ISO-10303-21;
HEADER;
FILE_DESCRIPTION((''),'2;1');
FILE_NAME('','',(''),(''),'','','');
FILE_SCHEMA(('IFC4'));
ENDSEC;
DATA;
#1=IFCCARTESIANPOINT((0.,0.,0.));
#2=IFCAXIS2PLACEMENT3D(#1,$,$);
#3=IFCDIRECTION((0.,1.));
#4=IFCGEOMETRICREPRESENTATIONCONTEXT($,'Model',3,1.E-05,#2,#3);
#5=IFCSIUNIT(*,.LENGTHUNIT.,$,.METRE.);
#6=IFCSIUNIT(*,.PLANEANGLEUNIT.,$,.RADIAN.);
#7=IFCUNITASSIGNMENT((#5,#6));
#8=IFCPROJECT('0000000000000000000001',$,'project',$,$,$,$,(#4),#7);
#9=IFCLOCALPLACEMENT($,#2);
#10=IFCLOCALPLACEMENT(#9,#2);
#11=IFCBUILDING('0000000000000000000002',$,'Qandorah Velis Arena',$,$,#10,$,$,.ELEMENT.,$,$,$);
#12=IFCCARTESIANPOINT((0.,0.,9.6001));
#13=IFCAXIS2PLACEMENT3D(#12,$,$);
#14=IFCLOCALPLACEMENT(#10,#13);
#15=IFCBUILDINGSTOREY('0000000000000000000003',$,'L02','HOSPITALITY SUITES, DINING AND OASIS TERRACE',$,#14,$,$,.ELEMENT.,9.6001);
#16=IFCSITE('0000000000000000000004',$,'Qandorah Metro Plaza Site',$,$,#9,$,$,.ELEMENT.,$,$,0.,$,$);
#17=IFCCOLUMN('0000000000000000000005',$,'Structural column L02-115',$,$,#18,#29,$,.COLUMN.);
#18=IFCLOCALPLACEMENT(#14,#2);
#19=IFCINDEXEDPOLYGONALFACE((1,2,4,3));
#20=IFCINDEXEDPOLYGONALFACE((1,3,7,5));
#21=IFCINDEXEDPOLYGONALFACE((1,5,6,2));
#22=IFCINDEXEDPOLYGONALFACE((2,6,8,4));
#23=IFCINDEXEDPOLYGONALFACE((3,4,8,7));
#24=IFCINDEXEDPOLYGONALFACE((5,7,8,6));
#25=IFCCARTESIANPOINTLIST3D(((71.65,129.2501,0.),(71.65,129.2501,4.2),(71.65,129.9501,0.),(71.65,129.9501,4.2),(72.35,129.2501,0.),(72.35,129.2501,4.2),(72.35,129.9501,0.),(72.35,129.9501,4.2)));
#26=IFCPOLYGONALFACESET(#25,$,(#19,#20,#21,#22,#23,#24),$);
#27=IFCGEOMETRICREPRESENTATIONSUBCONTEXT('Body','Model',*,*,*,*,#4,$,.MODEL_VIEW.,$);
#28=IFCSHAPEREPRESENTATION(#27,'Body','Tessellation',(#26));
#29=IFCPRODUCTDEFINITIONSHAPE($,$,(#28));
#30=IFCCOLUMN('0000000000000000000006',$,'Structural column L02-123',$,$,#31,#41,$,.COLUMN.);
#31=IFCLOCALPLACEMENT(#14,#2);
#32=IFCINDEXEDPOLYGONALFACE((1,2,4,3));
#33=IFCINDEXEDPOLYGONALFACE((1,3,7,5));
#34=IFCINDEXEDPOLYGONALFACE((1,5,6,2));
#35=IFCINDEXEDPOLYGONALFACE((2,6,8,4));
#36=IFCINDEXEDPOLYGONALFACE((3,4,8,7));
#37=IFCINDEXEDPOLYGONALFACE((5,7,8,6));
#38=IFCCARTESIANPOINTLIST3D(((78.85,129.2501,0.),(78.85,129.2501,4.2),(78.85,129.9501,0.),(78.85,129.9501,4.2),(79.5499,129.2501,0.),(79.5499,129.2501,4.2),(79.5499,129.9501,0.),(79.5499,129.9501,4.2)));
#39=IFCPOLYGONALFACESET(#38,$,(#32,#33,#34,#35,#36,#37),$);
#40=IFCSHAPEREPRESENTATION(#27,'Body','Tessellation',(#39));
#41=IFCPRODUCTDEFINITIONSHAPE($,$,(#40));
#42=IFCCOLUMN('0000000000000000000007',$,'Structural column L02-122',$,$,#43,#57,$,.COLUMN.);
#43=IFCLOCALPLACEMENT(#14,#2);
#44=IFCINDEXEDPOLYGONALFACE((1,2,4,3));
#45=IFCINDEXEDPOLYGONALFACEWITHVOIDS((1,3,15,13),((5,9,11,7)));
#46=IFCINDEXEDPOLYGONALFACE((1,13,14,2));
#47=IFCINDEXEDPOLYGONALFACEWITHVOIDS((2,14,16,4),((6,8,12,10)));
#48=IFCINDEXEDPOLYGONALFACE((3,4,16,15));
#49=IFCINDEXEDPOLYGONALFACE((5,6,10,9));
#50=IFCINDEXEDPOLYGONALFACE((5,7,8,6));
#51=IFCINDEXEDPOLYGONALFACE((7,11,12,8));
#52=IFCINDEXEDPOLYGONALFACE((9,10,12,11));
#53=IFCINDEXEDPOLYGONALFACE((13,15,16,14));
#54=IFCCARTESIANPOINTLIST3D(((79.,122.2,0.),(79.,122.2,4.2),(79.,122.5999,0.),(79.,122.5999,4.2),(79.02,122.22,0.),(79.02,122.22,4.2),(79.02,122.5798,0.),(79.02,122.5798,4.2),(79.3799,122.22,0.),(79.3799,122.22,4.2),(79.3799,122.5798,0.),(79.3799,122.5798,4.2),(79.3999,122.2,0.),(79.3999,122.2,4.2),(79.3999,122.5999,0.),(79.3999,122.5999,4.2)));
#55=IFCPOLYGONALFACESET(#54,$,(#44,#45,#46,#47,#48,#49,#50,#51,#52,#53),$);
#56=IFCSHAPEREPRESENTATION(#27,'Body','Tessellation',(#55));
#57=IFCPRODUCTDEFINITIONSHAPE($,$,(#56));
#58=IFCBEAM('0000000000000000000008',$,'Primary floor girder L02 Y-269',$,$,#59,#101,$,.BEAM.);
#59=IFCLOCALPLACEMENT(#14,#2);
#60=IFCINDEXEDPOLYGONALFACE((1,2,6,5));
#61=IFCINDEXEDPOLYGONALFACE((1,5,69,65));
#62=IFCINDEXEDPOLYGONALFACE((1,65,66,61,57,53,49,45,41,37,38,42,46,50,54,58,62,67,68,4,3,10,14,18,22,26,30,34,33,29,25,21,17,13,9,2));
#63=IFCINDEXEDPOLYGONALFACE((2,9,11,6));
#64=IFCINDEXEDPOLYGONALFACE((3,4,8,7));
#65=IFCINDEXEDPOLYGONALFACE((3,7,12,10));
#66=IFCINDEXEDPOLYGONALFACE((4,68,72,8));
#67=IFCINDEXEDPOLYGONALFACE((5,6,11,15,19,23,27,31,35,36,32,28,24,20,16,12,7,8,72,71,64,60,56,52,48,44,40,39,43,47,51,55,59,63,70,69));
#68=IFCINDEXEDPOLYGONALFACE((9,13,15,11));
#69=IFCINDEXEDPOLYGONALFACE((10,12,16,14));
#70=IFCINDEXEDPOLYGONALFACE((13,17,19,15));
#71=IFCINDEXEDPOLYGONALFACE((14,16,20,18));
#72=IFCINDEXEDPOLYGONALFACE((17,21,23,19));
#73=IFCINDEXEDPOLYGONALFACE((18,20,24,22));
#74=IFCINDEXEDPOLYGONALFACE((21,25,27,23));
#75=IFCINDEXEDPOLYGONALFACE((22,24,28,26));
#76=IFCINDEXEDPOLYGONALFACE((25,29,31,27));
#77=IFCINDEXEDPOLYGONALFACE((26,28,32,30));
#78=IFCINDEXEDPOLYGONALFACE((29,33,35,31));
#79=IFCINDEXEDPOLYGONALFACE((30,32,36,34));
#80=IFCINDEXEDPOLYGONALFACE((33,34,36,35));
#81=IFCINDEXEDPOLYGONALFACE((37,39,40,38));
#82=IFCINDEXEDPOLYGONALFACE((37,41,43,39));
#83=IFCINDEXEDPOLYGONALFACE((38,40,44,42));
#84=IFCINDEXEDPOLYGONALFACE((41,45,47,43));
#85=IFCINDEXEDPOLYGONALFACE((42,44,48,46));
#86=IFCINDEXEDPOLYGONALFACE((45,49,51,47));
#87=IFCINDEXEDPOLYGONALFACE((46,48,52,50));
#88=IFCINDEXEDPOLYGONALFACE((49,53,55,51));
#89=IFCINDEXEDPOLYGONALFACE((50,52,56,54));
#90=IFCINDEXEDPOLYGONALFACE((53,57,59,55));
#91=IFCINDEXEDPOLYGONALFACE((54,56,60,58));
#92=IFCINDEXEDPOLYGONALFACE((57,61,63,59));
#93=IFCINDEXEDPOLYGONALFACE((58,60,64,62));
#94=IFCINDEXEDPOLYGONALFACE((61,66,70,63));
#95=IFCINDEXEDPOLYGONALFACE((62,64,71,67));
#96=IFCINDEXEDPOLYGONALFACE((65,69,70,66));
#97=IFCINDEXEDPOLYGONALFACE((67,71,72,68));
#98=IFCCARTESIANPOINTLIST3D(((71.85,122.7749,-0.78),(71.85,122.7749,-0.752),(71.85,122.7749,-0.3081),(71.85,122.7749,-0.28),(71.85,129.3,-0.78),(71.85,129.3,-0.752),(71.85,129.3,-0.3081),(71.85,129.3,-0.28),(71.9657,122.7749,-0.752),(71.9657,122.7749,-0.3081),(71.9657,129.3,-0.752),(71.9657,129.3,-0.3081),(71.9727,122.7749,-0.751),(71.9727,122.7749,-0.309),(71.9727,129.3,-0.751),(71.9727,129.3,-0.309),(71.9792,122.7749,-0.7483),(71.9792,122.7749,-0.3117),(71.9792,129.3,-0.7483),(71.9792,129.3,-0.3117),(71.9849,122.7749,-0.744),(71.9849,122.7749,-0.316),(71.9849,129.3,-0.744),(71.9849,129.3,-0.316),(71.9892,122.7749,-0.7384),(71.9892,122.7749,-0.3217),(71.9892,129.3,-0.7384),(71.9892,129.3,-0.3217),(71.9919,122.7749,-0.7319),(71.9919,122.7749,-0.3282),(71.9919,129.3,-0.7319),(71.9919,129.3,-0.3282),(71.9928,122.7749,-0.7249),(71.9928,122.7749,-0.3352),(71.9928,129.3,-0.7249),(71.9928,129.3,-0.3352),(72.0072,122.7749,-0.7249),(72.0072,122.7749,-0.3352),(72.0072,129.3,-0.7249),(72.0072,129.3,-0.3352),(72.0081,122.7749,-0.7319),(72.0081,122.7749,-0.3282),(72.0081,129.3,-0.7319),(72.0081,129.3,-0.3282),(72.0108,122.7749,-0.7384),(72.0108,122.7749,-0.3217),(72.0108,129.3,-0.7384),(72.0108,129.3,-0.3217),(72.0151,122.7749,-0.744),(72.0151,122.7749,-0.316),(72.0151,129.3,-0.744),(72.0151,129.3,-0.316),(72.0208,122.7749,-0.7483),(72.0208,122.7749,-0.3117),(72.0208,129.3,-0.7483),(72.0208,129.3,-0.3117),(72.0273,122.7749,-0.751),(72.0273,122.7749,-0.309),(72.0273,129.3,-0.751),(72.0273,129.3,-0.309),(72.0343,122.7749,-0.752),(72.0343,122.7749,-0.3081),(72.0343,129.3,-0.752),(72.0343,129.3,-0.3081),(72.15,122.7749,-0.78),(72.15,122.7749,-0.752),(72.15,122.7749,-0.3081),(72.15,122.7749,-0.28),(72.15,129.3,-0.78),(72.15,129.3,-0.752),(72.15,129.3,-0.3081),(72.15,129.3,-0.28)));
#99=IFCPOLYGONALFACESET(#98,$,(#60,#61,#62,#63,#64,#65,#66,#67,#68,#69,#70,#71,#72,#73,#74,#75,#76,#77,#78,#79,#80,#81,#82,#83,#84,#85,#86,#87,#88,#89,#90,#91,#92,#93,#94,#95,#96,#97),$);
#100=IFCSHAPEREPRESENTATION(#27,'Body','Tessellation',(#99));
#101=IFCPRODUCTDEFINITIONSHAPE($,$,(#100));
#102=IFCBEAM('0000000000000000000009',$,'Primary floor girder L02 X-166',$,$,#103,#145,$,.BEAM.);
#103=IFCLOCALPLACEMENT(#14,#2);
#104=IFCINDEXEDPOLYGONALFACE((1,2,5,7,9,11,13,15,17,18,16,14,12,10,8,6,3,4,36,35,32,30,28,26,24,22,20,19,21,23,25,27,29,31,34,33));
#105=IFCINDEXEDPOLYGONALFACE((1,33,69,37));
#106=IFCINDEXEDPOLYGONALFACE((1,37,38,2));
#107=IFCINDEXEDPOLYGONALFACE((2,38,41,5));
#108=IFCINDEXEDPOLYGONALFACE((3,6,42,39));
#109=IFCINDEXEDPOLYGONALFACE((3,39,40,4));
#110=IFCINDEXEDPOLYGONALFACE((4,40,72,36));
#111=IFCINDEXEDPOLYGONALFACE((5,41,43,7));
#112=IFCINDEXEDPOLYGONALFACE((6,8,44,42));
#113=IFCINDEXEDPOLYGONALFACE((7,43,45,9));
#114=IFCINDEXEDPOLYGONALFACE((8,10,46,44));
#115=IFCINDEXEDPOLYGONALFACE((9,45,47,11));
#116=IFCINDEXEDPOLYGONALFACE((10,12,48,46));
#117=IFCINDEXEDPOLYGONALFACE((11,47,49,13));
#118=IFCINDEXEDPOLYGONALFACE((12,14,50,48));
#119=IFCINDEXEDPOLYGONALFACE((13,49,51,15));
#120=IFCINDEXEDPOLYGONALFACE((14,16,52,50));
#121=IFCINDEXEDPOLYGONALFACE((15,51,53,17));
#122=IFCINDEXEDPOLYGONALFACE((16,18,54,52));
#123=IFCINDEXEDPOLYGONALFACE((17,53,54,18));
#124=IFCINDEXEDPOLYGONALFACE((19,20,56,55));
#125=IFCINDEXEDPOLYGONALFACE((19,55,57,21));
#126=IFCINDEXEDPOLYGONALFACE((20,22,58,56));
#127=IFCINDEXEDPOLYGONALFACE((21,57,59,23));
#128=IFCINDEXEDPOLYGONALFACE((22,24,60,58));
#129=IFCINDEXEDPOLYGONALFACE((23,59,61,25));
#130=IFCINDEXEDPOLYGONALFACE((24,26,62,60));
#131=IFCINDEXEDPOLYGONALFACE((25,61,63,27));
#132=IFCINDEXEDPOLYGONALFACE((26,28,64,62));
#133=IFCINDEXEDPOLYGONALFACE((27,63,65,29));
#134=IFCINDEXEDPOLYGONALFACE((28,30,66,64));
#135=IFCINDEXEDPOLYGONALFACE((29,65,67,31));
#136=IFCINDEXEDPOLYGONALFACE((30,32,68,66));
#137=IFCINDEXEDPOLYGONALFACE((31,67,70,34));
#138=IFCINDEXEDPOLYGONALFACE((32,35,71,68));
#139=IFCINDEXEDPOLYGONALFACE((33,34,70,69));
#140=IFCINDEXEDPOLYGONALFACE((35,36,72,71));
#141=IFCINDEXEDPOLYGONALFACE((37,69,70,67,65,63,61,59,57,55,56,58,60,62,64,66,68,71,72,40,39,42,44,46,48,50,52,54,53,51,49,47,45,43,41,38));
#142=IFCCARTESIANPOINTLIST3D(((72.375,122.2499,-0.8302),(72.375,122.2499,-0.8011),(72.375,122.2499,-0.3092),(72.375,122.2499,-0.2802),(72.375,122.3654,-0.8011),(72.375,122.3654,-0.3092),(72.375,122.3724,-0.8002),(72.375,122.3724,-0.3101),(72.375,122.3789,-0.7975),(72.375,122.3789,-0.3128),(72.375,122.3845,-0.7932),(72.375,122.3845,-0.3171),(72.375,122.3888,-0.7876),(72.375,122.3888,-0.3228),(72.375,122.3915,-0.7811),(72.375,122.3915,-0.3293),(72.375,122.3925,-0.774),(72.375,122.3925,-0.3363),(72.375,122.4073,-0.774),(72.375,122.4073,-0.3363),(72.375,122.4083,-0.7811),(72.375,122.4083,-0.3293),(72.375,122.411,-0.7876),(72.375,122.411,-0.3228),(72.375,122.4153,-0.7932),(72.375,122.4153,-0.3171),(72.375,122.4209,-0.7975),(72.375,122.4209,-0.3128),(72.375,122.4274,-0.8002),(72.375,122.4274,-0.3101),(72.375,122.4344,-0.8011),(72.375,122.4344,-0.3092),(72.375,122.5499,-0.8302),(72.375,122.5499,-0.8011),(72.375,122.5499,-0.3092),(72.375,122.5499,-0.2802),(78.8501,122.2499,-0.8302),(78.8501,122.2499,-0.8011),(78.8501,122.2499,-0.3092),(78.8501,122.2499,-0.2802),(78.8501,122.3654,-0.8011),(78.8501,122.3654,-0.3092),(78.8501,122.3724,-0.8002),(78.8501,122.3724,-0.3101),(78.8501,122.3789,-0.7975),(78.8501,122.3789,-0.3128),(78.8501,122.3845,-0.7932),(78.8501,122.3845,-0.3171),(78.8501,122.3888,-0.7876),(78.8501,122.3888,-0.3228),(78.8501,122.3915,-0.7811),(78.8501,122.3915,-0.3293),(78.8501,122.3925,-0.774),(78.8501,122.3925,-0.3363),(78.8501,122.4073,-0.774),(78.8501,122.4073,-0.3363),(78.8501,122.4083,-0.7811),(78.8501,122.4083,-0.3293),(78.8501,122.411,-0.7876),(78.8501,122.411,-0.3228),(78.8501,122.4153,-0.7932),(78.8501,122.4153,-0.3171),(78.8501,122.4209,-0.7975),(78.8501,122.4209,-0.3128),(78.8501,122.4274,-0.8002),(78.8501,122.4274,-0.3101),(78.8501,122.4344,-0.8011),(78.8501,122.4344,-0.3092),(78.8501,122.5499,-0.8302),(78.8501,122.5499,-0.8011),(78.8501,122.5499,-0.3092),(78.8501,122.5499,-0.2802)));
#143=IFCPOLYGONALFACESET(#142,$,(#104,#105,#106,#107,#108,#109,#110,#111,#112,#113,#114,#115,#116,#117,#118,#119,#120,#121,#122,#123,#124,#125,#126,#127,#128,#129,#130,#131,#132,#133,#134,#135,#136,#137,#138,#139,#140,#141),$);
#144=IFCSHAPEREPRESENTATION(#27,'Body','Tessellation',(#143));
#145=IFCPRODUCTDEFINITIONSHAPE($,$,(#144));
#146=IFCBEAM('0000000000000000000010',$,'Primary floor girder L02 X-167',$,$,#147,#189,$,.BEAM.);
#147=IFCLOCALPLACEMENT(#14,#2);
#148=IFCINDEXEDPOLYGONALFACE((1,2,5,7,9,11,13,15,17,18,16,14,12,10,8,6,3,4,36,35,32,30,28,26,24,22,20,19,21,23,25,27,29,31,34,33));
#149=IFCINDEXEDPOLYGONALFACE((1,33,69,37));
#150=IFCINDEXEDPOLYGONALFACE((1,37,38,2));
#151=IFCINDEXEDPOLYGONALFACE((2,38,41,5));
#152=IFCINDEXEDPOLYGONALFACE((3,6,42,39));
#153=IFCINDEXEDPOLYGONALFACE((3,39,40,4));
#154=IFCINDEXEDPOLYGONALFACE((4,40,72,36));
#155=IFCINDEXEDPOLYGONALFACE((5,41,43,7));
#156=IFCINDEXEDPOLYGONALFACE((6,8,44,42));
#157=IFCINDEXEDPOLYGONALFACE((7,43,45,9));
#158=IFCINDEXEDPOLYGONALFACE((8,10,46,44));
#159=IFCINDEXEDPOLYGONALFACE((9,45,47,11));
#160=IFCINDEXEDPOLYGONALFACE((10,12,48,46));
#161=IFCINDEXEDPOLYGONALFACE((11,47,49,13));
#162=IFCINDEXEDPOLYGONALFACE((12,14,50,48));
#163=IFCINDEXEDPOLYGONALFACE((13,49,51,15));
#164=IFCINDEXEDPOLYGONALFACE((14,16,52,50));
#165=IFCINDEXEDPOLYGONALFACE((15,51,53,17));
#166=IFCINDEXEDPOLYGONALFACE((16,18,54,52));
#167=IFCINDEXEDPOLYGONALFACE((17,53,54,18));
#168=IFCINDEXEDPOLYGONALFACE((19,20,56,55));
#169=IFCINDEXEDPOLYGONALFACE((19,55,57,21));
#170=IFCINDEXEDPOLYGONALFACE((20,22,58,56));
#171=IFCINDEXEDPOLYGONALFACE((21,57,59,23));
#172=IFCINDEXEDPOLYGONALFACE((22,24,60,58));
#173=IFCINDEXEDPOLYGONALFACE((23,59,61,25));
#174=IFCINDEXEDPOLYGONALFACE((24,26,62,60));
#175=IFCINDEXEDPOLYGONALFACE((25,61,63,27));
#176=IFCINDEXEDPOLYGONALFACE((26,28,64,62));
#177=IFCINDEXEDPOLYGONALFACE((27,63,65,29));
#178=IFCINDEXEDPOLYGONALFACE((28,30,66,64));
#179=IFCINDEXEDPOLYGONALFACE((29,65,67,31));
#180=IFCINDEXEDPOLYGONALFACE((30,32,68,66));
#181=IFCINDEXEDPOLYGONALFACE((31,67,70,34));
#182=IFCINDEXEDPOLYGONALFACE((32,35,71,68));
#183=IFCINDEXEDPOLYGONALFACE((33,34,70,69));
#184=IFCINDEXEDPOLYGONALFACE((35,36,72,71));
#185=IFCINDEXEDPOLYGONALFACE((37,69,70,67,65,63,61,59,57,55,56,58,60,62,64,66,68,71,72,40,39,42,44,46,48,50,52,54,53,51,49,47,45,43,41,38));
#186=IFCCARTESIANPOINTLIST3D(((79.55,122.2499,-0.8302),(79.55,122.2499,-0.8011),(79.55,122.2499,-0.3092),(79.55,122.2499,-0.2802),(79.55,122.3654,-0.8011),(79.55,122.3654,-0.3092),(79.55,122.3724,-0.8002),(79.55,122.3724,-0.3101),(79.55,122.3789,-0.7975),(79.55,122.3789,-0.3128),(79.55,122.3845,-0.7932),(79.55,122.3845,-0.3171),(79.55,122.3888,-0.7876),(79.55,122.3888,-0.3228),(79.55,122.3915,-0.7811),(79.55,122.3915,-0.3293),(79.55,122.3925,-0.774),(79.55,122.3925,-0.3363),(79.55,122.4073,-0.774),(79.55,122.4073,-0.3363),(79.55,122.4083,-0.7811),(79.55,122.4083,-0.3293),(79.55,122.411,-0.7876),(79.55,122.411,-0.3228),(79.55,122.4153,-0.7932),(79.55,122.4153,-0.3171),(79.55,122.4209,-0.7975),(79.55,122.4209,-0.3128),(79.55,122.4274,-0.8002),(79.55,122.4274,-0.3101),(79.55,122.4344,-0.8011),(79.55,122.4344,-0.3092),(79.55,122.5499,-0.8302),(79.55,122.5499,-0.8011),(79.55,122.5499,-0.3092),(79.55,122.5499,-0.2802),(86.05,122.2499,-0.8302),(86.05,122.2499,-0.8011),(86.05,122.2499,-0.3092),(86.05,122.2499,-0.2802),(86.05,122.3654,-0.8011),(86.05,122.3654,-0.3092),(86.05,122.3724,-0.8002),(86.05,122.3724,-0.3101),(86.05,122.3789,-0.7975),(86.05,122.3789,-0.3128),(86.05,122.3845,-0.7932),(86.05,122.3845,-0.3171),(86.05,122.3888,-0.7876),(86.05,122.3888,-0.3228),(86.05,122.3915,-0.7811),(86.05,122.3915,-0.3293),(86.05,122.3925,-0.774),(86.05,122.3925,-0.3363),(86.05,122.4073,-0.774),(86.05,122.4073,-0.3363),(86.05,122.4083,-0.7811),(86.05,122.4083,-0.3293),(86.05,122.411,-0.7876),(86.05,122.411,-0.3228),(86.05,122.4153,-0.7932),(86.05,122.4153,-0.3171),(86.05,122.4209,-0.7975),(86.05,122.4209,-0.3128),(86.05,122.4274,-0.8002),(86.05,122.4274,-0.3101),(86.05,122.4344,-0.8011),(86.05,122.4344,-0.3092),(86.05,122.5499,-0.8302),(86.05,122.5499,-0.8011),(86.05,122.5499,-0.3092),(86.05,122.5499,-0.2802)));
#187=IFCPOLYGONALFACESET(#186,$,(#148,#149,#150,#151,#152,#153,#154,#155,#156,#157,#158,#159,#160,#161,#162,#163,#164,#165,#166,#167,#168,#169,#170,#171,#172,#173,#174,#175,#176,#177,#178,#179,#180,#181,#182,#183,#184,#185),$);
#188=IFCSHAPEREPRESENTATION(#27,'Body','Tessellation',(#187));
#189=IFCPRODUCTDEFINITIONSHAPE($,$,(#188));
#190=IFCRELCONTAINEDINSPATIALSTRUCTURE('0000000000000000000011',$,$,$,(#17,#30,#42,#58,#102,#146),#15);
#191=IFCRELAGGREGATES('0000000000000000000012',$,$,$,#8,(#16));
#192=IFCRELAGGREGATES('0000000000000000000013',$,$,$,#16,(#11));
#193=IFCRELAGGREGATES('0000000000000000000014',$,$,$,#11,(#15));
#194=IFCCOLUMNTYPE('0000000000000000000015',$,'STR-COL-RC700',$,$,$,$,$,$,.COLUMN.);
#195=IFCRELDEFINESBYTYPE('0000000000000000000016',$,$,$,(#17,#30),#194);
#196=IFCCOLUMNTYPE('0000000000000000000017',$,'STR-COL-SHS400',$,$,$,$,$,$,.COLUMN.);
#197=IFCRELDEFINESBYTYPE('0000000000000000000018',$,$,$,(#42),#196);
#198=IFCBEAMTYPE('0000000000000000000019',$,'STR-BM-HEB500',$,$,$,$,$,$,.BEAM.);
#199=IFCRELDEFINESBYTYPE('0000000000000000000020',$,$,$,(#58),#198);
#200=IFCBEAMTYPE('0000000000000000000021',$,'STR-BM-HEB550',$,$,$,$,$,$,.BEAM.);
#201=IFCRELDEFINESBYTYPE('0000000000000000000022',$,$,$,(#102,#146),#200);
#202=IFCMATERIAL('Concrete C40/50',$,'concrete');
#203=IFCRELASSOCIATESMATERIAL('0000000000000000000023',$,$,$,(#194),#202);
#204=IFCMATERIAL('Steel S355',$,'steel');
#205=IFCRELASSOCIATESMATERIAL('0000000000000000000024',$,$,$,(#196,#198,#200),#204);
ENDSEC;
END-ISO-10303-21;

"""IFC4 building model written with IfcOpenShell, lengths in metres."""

from ifc_helpers import new_model, si_unit, direction, frame, origin, origin_2d, place, context, subcontext, project, spatial, rectangle, hollow_rectangle, i_section, extrude, material, material_profile, profile_set, type_object, element, save


model = new_model("IFC4")

# Units and contexts
model_context = context("Model", 3, precision=1e-05, world=origin(), true_north=direction((0.0, 1.0)))
body_context = subcontext(model_context, "Body", "Model", "MODEL_VIEW")
ifc_project = project(units=[si_unit("LENGTHUNIT", "METRE"), si_unit("PLANEANGLEUNIT", "RADIAN")], contexts=[model_context])

# Site, building, storey
site_placement = place(None, origin())
site = spatial("IfcSite", under=ifc_project, at=site_placement, Name="Qandorah Metro Plaza Site", CompositionType="ELEMENT", RefElevation=0.0)
building_placement = place(site_placement, origin())
building = spatial("IfcBuilding", under=site, at=building_placement, Name="Qandorah Velis Arena", CompositionType="ELEMENT")
storey_placement = place(building_placement, frame((0.0, 0.0, 9.6001)))
storey = spatial("IfcBuildingStorey", under=building, at=storey_placement, Name="L02", Description="HOSPITALITY SUITES, DINING AND OASIS TERRACE", CompositionType="ELEMENT", Elevation=9.6001)

# Columns
ifc_material_1 = material(Name="Concrete C40/50", Category="concrete")
ifc_material_profile_1 = material_profile(ifc_material_1, rectangle(XDim=0.7, YDim=0.7, at=origin_2d()), Name="RC COL 700x700")
ifc_profile_set_1 = profile_set([ifc_material_profile_1], Name="Concrete C40/50")
column_type_1 = type_object("IfcColumnType", Name="STR-COL-RC700", PredefinedType="COLUMN", material=ifc_profile_set_1)
for number, where, z_axis, x_axis, name in (
    (1, (72.0, 129.6001, 0.0), (0.0, 0.0, 1.0), (1.0, 0.0, 0.0), "Structural column L02-115"),
    (2, (79.2, 129.6001, 0.0), (0.0, 0.0, 1.0), (1.0, 0.0, 0.0), "Structural column L02-123"),
):
    element("IfcColumn", number, at=place(storey_placement, frame(where, z_axis=z_axis, x_axis=x_axis)), inside=storey, type_object=column_type_1, Name=name, PredefinedType="COLUMN", context=body_context, shape_type="SweptSolid", body=[
        extrude(rectangle(XDim=0.7, YDim=0.7, at=origin_2d()), origin(), (0.0, 0.0, 1.0), 4.2),
    ])
ifc_material_2 = material(Name="Steel S355", Category="steel")
ifc_material_profile_2 = material_profile(ifc_material_2, hollow_rectangle(XDim=0.3999, YDim=0.3999, WallThickness=0.02, at=origin_2d()), Name="SHS 400x400x20")
ifc_profile_set_2 = profile_set([ifc_material_profile_2], Name="Steel S355")
column_type_2 = type_object("IfcColumnType", Name="STR-COL-SHS400", PredefinedType="COLUMN", material=ifc_profile_set_2)
column_placement = place(storey_placement, frame((79.2, 122.3999, 0.0), z_axis=(0.0, 0.0, 1.0), x_axis=(1.0, 0.0, 0.0)))
element("IfcColumn", 3, at=column_placement, inside=storey, type_object=column_type_2, Name="Structural column L02-122", PredefinedType="COLUMN", context=body_context, shape_type="SweptSolid", body=[
    extrude(hollow_rectangle(XDim=0.3999, YDim=0.3999, WallThickness=0.02, at=origin_2d()), origin(), (0.0, 0.0, 1.0), 4.2),
])

# Beams
ifc_material_profile_3 = material_profile(ifc_material_2, i_section(OverallWidth=0.3, OverallDepth=0.5, WebThickness=0.0144, FlangeThickness=0.0281, FilletRadius=0.0271, at=origin_2d()), Name="HEB 500")
ifc_profile_set_3 = profile_set([ifc_material_profile_3], Name="Steel S355")
beam_type_1 = type_object("IfcBeamType", Name="STR-BM-HEB500", PredefinedType="BEAM", material=ifc_profile_set_3)
beam_1_placement = place(storey_placement, frame((72.0, 122.7749, -0.53), z_axis=(0.0, 1.0, 0.0), x_axis=(-1.0, 0.0, 0.0)))
element("IfcBeam", 4, at=beam_1_placement, inside=storey, type_object=beam_type_1, Name="Primary floor girder L02 Y-269", PredefinedType="BEAM", context=body_context, shape_type="SweptSolid", body=[
    extrude(i_section(OverallWidth=0.3, OverallDepth=0.5, WebThickness=0.0144, FlangeThickness=0.0281, FilletRadius=0.0271, at=origin_2d()), origin(), (0.0, 0.0, 1.0), 6.5251),
])
ifc_material_profile_4 = material_profile(ifc_material_2, i_section(OverallWidth=0.3, OverallDepth=0.55, WebThickness=0.0149, FlangeThickness=0.0291, FilletRadius=0.0271, at=origin_2d()), Name="HEB 550")
ifc_profile_set_4 = profile_set([ifc_material_profile_4], Name="Steel S355")
beam_type_2 = type_object("IfcBeamType", Name="STR-BM-HEB550", PredefinedType="BEAM", material=ifc_profile_set_4)
beam_2_placement = place(storey_placement, frame((72.375, 122.3999, -0.5552), z_axis=(1.0, 0.0, 0.0), x_axis=(0.0, 1.0, 0.0)))
element("IfcBeam", 5, at=beam_2_placement, inside=storey, type_object=beam_type_2, Name="Primary floor girder L02 X-166", PredefinedType="BEAM", context=body_context, shape_type="SweptSolid", body=[
    extrude(i_section(OverallWidth=0.3, OverallDepth=0.55, WebThickness=0.0149, FlangeThickness=0.0291, FilletRadius=0.0271, at=origin_2d()), origin(), (0.0, 0.0, 1.0), 6.4751),
])
beam_3_placement = place(storey_placement, frame((79.55, 122.3999, -0.5552), z_axis=(1.0, 0.0, 0.0), x_axis=(0.0, 1.0, 0.0)))
element("IfcBeam", 6, at=beam_3_placement, inside=storey, type_object=beam_type_2, Name="Primary floor girder L02 X-167", PredefinedType="BEAM", context=body_context, shape_type="SweptSolid", body=[
    extrude(i_section(OverallWidth=0.3, OverallDepth=0.55, WebThickness=0.0149, FlangeThickness=0.0291, FilletRadius=0.0271, at=origin_2d()), origin(), (0.0, 0.0, 1.0), 6.5),
])

save(model, "model.ifc")
